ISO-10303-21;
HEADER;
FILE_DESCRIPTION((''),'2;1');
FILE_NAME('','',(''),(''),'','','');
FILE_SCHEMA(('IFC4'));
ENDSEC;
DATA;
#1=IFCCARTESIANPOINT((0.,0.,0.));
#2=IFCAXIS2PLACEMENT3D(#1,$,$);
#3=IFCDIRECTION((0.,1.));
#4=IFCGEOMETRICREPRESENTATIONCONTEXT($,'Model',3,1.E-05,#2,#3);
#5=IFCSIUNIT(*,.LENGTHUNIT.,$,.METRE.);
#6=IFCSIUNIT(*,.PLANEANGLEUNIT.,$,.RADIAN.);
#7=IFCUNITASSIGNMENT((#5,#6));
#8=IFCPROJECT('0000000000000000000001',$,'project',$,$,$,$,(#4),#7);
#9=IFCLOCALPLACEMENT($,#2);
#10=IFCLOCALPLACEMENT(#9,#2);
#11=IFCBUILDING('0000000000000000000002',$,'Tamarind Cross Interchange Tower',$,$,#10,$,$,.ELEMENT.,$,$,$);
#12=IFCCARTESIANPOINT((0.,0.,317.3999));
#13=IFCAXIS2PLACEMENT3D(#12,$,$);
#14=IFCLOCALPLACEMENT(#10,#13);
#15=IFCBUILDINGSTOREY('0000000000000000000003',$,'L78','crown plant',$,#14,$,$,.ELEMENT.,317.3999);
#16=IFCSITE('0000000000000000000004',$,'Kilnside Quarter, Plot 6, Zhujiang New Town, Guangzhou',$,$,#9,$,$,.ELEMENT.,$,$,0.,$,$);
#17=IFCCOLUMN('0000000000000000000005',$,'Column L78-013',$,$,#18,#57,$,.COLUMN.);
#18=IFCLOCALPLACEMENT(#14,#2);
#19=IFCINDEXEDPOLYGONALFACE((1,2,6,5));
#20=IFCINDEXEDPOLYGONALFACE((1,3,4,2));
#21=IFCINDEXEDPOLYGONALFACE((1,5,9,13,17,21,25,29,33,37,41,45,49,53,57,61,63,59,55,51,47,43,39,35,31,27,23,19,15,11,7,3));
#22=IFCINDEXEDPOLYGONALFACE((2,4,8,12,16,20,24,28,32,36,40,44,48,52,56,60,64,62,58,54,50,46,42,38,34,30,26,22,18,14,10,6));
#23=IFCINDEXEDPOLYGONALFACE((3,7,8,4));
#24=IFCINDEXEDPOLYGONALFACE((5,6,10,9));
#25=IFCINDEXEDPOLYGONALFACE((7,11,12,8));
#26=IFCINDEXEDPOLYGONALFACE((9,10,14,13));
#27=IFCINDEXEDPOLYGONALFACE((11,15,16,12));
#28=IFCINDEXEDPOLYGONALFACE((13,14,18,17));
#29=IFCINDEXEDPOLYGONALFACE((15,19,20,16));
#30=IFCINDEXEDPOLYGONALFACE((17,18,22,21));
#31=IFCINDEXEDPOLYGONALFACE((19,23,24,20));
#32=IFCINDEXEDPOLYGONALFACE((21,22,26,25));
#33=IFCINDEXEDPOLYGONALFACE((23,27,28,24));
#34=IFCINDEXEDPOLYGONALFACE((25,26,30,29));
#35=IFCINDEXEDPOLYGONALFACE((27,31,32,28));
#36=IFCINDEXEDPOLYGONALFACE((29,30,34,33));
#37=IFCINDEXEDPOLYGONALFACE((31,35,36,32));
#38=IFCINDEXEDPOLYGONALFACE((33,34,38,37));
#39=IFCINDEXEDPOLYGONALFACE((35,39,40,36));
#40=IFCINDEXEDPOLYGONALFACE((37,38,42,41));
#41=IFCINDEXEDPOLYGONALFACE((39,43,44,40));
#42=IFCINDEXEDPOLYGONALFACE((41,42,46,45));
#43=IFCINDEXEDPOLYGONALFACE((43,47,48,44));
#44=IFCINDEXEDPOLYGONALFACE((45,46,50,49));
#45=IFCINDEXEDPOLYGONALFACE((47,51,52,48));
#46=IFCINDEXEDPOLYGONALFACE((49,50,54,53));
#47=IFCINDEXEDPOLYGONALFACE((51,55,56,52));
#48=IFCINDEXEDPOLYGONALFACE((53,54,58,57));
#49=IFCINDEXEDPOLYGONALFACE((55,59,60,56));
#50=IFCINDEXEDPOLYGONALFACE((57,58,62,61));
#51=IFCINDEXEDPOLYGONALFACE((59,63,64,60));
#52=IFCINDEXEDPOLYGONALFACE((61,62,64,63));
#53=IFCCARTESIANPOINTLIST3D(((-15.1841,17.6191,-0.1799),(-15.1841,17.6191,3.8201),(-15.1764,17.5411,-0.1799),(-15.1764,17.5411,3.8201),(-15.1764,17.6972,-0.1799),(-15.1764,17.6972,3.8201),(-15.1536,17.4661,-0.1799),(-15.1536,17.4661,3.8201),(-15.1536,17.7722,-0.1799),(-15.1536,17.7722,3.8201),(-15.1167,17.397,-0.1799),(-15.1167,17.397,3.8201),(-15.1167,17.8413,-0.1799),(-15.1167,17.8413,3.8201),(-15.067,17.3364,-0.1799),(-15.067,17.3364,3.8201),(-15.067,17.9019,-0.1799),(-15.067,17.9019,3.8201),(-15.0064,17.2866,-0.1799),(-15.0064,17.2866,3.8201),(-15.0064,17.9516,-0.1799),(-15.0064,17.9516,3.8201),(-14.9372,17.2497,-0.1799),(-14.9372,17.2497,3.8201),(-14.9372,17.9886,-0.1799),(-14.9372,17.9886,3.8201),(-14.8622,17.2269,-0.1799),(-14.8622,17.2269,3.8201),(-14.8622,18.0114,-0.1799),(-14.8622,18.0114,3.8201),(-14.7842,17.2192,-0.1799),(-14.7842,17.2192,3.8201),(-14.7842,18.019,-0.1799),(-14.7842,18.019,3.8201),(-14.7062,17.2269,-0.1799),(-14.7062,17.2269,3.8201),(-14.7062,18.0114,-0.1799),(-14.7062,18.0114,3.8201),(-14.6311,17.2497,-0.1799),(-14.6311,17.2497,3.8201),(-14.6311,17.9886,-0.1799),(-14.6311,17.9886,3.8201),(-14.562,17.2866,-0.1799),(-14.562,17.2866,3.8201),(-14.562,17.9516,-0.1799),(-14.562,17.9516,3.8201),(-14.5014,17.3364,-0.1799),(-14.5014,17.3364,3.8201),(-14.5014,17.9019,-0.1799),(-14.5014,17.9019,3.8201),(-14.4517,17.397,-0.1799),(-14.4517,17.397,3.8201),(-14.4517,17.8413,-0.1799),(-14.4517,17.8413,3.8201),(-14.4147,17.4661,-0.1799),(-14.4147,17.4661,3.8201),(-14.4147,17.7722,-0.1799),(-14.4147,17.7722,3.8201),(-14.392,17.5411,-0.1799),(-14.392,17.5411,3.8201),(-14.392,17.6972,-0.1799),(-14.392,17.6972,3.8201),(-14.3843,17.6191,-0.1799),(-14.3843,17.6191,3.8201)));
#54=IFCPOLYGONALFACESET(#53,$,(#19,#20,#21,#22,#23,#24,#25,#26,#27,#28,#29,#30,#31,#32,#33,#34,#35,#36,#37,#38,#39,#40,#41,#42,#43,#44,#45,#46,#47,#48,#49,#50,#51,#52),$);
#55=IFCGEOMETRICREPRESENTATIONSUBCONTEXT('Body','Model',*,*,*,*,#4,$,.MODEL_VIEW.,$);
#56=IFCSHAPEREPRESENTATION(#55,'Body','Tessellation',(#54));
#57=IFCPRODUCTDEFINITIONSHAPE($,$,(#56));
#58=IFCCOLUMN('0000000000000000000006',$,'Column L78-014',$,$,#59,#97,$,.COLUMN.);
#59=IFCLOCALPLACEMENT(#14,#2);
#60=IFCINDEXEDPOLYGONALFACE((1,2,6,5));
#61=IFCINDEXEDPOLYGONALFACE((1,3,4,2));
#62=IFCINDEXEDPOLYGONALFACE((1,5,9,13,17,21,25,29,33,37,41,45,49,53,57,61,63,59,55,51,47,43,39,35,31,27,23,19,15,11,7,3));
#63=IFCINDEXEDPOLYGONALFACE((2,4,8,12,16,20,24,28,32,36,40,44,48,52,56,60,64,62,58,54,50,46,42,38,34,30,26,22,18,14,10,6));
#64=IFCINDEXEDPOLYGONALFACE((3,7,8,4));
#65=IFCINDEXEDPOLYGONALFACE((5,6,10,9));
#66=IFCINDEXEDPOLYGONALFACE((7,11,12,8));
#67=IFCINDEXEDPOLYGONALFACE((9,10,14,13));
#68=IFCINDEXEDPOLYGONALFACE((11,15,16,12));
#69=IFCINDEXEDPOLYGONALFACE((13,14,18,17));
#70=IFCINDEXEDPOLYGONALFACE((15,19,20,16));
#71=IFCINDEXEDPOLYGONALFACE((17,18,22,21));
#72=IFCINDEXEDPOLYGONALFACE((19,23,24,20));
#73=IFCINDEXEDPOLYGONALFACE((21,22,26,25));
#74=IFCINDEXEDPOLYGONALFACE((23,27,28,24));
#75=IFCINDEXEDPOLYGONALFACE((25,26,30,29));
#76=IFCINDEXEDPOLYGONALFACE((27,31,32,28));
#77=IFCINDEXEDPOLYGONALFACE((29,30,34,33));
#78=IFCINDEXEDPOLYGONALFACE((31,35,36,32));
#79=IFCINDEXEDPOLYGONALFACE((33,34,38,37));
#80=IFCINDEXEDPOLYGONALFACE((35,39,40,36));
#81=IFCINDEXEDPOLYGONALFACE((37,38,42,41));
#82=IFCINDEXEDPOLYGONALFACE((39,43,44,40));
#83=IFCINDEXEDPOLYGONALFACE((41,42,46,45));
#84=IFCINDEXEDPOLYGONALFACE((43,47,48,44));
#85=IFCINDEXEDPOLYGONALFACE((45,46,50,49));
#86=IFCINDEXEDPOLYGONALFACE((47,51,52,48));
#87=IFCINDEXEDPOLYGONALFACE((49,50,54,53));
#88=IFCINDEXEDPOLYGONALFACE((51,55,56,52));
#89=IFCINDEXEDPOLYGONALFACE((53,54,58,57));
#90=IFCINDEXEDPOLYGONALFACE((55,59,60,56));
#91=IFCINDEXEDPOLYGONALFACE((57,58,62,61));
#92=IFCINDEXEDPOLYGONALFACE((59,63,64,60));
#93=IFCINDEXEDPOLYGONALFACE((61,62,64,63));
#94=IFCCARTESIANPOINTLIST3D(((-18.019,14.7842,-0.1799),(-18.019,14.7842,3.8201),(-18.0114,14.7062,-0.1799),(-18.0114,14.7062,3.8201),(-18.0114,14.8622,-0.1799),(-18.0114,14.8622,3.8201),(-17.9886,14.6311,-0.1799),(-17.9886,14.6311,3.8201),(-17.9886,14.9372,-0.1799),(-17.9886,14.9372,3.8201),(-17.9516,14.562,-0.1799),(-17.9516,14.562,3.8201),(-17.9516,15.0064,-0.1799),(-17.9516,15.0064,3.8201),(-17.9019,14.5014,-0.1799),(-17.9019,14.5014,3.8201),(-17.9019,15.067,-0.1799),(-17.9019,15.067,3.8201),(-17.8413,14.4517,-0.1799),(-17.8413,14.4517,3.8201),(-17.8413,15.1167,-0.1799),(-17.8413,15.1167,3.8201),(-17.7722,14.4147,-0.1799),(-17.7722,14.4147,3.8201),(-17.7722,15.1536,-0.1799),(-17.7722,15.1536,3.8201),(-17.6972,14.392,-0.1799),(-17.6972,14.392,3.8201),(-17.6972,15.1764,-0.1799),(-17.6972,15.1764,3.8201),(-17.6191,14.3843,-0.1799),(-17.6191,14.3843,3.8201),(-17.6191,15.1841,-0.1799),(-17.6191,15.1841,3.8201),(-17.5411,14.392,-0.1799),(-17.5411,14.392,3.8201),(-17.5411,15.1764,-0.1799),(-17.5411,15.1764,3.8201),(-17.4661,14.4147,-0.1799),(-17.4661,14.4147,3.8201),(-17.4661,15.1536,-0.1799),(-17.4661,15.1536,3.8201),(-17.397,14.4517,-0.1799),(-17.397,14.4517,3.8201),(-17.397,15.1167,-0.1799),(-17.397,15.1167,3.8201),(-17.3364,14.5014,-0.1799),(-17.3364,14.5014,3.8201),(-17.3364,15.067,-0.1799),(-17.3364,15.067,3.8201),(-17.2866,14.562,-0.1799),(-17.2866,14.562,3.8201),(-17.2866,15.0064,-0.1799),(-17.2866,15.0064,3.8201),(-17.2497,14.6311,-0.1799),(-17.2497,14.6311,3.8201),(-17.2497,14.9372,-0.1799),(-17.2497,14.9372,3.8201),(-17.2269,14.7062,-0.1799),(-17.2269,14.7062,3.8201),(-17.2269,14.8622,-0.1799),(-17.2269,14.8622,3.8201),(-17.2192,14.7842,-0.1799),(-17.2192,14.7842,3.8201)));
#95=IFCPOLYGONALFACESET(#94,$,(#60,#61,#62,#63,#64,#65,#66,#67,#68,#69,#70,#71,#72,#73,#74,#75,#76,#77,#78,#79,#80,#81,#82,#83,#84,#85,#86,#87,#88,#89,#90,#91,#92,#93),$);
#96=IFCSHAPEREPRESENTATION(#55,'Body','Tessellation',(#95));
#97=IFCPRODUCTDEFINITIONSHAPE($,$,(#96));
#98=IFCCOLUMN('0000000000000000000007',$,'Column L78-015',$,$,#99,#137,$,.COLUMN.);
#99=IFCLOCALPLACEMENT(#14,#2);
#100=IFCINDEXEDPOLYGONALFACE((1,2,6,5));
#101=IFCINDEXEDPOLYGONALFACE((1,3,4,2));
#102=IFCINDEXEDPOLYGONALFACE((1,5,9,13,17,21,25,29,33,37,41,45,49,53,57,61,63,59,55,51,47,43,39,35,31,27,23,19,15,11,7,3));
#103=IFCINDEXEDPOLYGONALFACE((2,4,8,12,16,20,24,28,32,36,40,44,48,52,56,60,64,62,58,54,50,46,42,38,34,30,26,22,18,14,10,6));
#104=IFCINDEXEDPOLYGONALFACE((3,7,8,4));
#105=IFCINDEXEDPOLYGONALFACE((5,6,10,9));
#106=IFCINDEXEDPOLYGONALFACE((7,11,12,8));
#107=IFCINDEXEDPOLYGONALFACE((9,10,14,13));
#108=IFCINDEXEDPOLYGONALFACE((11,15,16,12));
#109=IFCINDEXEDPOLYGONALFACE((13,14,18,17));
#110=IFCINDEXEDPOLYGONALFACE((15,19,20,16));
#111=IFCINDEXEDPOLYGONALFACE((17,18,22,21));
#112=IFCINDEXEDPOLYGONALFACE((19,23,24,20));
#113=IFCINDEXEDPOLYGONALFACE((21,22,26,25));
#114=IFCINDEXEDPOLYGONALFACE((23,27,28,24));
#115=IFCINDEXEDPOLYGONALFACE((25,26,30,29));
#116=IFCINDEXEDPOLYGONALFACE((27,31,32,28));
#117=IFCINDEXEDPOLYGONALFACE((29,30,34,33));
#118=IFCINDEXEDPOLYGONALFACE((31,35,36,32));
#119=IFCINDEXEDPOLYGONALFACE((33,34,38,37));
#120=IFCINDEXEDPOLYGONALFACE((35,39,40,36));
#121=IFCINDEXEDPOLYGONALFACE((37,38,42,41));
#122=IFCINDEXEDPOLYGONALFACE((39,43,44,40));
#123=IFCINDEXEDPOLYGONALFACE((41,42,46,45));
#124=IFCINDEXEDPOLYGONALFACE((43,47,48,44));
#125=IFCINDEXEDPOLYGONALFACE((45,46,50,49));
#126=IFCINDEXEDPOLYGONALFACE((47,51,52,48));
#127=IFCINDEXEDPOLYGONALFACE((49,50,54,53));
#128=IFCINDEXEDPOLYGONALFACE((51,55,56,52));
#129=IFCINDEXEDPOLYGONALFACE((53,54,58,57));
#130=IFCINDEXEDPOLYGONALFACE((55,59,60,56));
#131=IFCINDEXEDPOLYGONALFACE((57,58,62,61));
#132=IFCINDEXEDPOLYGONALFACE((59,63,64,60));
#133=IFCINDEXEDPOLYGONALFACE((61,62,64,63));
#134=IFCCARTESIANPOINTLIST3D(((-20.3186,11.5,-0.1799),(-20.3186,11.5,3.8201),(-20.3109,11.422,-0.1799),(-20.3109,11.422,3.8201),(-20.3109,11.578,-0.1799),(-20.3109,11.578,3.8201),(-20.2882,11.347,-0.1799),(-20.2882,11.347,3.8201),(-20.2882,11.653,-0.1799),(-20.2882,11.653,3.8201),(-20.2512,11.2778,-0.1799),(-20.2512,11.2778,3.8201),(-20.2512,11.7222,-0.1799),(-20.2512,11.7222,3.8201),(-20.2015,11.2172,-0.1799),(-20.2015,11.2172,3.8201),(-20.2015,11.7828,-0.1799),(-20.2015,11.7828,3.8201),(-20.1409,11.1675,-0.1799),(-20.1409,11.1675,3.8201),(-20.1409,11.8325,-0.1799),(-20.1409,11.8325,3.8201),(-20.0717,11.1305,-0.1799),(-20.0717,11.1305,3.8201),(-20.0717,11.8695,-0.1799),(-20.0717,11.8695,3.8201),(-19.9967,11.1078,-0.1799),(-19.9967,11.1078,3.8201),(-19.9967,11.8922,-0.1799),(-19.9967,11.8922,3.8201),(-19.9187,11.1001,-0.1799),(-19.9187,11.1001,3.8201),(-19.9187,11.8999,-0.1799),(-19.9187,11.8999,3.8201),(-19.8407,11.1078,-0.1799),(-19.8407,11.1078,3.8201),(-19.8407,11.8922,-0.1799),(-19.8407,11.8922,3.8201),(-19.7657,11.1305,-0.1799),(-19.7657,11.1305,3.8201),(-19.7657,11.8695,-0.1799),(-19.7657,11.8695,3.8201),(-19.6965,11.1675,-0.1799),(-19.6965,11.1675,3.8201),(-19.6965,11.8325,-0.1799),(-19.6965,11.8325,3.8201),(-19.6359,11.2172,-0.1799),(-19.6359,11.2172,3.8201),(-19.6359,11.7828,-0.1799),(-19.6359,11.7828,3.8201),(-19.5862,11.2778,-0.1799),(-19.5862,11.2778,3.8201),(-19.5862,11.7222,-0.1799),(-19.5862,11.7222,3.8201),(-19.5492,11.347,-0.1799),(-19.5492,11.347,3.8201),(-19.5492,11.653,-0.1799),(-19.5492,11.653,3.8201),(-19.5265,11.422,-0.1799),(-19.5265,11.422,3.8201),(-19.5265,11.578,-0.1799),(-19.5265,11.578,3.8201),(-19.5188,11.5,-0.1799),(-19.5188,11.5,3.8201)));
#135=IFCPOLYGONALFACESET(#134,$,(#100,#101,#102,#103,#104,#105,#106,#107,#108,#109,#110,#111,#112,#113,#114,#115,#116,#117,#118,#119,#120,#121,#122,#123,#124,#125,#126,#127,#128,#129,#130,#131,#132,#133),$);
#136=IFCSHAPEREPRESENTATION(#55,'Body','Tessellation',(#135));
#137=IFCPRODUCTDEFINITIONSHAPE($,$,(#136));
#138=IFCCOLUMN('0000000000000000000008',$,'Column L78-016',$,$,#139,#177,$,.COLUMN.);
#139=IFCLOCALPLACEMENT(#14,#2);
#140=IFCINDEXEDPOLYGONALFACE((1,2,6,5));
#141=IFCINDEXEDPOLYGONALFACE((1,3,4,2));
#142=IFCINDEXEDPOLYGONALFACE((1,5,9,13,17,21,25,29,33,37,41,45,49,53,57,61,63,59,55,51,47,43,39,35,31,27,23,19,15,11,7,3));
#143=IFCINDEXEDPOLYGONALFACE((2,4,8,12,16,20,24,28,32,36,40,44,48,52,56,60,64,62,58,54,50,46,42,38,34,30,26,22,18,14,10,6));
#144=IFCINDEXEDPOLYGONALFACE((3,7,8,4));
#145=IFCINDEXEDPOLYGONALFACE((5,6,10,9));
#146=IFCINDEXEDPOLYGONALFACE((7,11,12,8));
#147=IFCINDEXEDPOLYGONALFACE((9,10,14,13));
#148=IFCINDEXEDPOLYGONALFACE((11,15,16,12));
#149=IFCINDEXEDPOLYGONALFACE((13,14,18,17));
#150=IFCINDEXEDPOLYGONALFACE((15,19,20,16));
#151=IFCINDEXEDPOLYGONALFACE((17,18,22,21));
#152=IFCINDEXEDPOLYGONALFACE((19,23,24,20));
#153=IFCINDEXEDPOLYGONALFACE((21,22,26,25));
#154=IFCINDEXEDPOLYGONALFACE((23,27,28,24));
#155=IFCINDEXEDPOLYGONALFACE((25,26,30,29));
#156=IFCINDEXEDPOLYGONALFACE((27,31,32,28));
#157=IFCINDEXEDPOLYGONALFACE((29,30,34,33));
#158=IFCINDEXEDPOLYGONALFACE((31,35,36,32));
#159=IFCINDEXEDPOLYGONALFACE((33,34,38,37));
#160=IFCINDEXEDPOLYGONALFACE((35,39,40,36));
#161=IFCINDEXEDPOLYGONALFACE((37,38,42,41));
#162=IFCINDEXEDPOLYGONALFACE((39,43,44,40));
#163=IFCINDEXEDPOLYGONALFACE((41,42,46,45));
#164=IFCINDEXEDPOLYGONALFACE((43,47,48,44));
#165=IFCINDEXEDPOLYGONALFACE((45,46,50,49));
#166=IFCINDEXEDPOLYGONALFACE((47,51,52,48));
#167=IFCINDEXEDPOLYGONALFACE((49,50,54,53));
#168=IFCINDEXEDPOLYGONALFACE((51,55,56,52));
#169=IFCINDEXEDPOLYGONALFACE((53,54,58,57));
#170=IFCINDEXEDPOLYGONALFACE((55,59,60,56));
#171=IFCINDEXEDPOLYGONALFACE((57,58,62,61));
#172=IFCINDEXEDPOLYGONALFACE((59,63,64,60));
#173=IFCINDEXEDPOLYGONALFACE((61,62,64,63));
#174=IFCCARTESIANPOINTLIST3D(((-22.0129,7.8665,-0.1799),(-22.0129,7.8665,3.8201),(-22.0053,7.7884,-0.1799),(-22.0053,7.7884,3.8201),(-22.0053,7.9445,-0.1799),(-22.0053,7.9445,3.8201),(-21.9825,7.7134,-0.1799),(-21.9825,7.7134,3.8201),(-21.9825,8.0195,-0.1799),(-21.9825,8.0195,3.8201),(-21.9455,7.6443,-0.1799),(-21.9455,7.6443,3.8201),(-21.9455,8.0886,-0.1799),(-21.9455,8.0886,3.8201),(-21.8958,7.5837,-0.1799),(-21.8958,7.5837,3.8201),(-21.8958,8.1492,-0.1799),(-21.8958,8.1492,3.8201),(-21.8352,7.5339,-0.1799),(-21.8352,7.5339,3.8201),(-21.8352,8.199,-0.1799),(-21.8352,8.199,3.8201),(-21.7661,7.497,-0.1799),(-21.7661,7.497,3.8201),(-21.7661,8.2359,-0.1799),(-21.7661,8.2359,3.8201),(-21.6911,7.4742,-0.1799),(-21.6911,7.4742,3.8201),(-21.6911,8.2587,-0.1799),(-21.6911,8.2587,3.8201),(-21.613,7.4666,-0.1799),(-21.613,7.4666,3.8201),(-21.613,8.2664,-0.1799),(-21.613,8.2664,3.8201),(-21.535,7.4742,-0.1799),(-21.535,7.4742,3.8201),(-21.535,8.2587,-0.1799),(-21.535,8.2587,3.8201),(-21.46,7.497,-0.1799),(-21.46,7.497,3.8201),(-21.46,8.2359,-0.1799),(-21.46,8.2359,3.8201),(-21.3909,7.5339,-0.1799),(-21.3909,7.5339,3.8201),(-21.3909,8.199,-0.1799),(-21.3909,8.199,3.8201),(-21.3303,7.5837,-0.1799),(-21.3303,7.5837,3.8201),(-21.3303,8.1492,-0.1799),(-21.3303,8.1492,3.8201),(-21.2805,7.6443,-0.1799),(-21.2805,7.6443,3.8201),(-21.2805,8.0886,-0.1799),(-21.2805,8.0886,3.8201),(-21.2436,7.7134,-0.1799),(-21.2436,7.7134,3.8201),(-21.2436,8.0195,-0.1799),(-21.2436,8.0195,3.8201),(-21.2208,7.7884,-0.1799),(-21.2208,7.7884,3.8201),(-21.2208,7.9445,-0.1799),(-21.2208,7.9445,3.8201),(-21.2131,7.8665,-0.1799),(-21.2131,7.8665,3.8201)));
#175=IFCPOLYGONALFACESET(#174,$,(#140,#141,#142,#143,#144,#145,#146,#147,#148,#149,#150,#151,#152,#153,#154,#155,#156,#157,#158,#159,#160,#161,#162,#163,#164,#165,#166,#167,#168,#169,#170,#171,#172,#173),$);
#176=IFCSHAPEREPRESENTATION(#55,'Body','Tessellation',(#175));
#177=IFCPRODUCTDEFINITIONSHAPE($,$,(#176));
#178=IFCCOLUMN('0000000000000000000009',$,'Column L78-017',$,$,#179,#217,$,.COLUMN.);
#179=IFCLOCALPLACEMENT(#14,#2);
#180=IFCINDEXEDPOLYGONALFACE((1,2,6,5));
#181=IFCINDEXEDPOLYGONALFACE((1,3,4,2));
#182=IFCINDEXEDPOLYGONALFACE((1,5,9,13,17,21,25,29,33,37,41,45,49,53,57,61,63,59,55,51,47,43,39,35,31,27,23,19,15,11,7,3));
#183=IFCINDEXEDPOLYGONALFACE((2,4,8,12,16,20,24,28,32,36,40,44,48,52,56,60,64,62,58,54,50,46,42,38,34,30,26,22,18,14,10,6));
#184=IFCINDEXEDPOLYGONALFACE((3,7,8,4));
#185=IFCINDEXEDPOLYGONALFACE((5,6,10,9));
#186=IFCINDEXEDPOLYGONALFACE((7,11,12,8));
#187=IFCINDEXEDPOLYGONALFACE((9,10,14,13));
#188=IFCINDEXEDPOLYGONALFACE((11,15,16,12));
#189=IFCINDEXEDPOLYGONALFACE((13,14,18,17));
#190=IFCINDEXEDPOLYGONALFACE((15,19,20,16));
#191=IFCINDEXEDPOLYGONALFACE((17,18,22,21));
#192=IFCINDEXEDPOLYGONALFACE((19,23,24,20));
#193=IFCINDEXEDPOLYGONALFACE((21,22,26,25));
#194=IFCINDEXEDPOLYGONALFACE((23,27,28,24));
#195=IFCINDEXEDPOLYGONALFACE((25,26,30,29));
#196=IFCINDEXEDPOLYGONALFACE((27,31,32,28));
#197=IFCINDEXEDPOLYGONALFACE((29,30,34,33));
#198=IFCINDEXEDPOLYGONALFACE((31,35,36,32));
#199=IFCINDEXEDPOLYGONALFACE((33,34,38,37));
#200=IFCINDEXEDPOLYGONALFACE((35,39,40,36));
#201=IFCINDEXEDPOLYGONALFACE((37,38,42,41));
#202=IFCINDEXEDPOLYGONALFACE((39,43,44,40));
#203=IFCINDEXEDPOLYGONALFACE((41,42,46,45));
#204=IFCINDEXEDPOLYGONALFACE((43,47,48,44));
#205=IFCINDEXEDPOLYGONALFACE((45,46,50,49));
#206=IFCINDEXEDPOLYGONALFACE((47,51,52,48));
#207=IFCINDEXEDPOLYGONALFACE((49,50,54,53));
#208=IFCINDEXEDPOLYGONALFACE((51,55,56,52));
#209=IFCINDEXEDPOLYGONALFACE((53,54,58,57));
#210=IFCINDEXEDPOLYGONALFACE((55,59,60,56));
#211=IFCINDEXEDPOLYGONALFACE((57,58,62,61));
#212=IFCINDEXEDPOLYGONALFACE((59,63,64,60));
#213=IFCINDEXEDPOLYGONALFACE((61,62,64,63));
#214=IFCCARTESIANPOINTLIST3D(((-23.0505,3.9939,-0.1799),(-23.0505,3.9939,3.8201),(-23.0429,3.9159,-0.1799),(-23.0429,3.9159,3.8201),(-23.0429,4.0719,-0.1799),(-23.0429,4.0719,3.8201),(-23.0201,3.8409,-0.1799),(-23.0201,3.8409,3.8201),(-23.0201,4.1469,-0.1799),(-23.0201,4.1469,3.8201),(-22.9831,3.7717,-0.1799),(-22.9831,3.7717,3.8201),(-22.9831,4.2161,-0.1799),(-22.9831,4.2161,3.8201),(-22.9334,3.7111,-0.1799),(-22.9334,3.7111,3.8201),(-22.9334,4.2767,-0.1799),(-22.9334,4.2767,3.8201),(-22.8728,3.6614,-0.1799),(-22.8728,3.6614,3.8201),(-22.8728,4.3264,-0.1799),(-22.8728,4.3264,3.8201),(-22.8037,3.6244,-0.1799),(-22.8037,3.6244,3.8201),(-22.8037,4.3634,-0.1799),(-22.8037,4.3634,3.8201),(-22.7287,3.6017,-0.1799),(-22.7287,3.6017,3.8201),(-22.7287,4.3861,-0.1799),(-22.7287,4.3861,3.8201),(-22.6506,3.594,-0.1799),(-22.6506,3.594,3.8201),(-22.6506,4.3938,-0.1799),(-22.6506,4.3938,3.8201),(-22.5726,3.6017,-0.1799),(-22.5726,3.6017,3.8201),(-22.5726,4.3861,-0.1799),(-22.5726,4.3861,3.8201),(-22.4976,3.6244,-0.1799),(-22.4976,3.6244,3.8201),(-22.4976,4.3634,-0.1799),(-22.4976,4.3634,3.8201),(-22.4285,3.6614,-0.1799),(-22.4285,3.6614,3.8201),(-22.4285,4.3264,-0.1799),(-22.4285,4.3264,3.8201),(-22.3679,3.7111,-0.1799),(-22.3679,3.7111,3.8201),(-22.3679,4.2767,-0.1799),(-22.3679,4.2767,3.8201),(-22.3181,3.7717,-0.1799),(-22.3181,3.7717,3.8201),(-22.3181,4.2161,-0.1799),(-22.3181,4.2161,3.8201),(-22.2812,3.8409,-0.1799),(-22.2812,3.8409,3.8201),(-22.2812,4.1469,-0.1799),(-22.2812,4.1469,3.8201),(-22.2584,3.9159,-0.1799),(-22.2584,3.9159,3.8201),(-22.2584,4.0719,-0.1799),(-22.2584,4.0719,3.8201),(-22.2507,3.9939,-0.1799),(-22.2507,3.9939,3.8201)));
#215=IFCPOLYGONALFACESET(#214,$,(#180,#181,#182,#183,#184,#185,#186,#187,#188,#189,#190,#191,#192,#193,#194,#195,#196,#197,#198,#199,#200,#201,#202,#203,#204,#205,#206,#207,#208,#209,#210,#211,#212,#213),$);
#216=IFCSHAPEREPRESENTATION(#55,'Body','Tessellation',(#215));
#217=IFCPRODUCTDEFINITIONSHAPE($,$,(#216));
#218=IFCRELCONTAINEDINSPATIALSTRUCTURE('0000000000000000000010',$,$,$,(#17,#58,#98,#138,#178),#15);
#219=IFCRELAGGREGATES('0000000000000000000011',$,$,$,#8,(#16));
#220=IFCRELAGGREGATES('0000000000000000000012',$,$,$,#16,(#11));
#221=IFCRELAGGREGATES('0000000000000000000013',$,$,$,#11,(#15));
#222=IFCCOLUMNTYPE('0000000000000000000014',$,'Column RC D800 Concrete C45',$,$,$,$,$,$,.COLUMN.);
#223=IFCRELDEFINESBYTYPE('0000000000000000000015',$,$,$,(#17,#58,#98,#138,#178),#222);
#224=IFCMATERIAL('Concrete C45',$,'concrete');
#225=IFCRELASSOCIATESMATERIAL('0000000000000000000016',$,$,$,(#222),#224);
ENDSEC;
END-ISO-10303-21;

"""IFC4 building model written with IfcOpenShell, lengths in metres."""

from ifc_helpers import new_model, si_unit, direction, frame, origin, origin_2d, place, context, subcontext, project, spatial, circle, extrude, material, material_profile, profile_set, type_object, element, save


model = new_model("IFC4")

# Units and contexts
model_context = context("Model", 3, precision=1e-05, world=origin(), true_north=direction((0.0, 1.0)))
body_context = subcontext(model_context, "Body", "Model", "MODEL_VIEW")
ifc_project = project(units=[si_unit("LENGTHUNIT", "METRE"), si_unit("PLANEANGLEUNIT", "RADIAN")], contexts=[model_context])

# Site, building, storey
site_placement = place(None, origin())
site = spatial("IfcSite", under=ifc_project, at=site_placement, Name="Kilnside Quarter, Plot 6, Zhujiang New Town, Guangzhou", CompositionType="ELEMENT", RefElevation=0.0)
building_placement = place(site_placement, origin())
building = spatial("IfcBuilding", under=site, at=building_placement, Name="Tamarind Cross Interchange Tower", CompositionType="ELEMENT")
storey_placement = place(building_placement, frame((0.0, 0.0, 317.3999)))
storey = spatial("IfcBuildingStorey", under=building, at=storey_placement, Name="L78", Description="crown plant", CompositionType="ELEMENT", Elevation=317.3999)

# Columns
ifc_material_1 = material(Name="Concrete C45", Category="concrete")
ifc_material_profile_1 = material_profile(ifc_material_1, circle(Radius=0.3999, at=origin_2d()), Name="RC D800")
ifc_profile_set_1 = profile_set([ifc_material_profile_1], Name="Concrete C45")
column_type = type_object("IfcColumnType", Name="Column RC D800 Concrete C45", PredefinedType="COLUMN", material=ifc_profile_set_1)
for number, where, z_axis, x_axis, name in (
    (1, (-14.7842, 17.6191, -0.1799), (0.0, 0.0, 1.0), (1.0, 0.0, 0.0), "Column L78-013"),
    (2, (-17.6191, 14.7842, -0.1799), (0.0, 0.0, 1.0), (1.0, 0.0, 0.0), "Column L78-014"),
    (3, (-19.9187, 11.5, -0.1799), (0.0, 0.0, 1.0), (1.0, 0.0, 0.0), "Column L78-015"),
    (4, (-21.613, 7.8665, -0.1799), (0.0, 0.0, 1.0), (1.0, 0.0, 0.0), "Column L78-016"),
    (5, (-22.6506, 3.9939, -0.1799), (0.0, 0.0, 1.0), (1.0, 0.0, 0.0), "Column L78-017"),
):
    element("IfcColumn", number, at=place(storey_placement, frame(where, z_axis=z_axis, x_axis=x_axis)), inside=storey, type_object=column_type, Name=name, PredefinedType="COLUMN", context=body_context, shape_type="SweptSolid", body=[
        extrude(circle(Radius=0.3999, at=origin_2d()), origin(), (0.0, 0.0, 1.0), 4.0),
    ])

save(model, "model.ifc")
